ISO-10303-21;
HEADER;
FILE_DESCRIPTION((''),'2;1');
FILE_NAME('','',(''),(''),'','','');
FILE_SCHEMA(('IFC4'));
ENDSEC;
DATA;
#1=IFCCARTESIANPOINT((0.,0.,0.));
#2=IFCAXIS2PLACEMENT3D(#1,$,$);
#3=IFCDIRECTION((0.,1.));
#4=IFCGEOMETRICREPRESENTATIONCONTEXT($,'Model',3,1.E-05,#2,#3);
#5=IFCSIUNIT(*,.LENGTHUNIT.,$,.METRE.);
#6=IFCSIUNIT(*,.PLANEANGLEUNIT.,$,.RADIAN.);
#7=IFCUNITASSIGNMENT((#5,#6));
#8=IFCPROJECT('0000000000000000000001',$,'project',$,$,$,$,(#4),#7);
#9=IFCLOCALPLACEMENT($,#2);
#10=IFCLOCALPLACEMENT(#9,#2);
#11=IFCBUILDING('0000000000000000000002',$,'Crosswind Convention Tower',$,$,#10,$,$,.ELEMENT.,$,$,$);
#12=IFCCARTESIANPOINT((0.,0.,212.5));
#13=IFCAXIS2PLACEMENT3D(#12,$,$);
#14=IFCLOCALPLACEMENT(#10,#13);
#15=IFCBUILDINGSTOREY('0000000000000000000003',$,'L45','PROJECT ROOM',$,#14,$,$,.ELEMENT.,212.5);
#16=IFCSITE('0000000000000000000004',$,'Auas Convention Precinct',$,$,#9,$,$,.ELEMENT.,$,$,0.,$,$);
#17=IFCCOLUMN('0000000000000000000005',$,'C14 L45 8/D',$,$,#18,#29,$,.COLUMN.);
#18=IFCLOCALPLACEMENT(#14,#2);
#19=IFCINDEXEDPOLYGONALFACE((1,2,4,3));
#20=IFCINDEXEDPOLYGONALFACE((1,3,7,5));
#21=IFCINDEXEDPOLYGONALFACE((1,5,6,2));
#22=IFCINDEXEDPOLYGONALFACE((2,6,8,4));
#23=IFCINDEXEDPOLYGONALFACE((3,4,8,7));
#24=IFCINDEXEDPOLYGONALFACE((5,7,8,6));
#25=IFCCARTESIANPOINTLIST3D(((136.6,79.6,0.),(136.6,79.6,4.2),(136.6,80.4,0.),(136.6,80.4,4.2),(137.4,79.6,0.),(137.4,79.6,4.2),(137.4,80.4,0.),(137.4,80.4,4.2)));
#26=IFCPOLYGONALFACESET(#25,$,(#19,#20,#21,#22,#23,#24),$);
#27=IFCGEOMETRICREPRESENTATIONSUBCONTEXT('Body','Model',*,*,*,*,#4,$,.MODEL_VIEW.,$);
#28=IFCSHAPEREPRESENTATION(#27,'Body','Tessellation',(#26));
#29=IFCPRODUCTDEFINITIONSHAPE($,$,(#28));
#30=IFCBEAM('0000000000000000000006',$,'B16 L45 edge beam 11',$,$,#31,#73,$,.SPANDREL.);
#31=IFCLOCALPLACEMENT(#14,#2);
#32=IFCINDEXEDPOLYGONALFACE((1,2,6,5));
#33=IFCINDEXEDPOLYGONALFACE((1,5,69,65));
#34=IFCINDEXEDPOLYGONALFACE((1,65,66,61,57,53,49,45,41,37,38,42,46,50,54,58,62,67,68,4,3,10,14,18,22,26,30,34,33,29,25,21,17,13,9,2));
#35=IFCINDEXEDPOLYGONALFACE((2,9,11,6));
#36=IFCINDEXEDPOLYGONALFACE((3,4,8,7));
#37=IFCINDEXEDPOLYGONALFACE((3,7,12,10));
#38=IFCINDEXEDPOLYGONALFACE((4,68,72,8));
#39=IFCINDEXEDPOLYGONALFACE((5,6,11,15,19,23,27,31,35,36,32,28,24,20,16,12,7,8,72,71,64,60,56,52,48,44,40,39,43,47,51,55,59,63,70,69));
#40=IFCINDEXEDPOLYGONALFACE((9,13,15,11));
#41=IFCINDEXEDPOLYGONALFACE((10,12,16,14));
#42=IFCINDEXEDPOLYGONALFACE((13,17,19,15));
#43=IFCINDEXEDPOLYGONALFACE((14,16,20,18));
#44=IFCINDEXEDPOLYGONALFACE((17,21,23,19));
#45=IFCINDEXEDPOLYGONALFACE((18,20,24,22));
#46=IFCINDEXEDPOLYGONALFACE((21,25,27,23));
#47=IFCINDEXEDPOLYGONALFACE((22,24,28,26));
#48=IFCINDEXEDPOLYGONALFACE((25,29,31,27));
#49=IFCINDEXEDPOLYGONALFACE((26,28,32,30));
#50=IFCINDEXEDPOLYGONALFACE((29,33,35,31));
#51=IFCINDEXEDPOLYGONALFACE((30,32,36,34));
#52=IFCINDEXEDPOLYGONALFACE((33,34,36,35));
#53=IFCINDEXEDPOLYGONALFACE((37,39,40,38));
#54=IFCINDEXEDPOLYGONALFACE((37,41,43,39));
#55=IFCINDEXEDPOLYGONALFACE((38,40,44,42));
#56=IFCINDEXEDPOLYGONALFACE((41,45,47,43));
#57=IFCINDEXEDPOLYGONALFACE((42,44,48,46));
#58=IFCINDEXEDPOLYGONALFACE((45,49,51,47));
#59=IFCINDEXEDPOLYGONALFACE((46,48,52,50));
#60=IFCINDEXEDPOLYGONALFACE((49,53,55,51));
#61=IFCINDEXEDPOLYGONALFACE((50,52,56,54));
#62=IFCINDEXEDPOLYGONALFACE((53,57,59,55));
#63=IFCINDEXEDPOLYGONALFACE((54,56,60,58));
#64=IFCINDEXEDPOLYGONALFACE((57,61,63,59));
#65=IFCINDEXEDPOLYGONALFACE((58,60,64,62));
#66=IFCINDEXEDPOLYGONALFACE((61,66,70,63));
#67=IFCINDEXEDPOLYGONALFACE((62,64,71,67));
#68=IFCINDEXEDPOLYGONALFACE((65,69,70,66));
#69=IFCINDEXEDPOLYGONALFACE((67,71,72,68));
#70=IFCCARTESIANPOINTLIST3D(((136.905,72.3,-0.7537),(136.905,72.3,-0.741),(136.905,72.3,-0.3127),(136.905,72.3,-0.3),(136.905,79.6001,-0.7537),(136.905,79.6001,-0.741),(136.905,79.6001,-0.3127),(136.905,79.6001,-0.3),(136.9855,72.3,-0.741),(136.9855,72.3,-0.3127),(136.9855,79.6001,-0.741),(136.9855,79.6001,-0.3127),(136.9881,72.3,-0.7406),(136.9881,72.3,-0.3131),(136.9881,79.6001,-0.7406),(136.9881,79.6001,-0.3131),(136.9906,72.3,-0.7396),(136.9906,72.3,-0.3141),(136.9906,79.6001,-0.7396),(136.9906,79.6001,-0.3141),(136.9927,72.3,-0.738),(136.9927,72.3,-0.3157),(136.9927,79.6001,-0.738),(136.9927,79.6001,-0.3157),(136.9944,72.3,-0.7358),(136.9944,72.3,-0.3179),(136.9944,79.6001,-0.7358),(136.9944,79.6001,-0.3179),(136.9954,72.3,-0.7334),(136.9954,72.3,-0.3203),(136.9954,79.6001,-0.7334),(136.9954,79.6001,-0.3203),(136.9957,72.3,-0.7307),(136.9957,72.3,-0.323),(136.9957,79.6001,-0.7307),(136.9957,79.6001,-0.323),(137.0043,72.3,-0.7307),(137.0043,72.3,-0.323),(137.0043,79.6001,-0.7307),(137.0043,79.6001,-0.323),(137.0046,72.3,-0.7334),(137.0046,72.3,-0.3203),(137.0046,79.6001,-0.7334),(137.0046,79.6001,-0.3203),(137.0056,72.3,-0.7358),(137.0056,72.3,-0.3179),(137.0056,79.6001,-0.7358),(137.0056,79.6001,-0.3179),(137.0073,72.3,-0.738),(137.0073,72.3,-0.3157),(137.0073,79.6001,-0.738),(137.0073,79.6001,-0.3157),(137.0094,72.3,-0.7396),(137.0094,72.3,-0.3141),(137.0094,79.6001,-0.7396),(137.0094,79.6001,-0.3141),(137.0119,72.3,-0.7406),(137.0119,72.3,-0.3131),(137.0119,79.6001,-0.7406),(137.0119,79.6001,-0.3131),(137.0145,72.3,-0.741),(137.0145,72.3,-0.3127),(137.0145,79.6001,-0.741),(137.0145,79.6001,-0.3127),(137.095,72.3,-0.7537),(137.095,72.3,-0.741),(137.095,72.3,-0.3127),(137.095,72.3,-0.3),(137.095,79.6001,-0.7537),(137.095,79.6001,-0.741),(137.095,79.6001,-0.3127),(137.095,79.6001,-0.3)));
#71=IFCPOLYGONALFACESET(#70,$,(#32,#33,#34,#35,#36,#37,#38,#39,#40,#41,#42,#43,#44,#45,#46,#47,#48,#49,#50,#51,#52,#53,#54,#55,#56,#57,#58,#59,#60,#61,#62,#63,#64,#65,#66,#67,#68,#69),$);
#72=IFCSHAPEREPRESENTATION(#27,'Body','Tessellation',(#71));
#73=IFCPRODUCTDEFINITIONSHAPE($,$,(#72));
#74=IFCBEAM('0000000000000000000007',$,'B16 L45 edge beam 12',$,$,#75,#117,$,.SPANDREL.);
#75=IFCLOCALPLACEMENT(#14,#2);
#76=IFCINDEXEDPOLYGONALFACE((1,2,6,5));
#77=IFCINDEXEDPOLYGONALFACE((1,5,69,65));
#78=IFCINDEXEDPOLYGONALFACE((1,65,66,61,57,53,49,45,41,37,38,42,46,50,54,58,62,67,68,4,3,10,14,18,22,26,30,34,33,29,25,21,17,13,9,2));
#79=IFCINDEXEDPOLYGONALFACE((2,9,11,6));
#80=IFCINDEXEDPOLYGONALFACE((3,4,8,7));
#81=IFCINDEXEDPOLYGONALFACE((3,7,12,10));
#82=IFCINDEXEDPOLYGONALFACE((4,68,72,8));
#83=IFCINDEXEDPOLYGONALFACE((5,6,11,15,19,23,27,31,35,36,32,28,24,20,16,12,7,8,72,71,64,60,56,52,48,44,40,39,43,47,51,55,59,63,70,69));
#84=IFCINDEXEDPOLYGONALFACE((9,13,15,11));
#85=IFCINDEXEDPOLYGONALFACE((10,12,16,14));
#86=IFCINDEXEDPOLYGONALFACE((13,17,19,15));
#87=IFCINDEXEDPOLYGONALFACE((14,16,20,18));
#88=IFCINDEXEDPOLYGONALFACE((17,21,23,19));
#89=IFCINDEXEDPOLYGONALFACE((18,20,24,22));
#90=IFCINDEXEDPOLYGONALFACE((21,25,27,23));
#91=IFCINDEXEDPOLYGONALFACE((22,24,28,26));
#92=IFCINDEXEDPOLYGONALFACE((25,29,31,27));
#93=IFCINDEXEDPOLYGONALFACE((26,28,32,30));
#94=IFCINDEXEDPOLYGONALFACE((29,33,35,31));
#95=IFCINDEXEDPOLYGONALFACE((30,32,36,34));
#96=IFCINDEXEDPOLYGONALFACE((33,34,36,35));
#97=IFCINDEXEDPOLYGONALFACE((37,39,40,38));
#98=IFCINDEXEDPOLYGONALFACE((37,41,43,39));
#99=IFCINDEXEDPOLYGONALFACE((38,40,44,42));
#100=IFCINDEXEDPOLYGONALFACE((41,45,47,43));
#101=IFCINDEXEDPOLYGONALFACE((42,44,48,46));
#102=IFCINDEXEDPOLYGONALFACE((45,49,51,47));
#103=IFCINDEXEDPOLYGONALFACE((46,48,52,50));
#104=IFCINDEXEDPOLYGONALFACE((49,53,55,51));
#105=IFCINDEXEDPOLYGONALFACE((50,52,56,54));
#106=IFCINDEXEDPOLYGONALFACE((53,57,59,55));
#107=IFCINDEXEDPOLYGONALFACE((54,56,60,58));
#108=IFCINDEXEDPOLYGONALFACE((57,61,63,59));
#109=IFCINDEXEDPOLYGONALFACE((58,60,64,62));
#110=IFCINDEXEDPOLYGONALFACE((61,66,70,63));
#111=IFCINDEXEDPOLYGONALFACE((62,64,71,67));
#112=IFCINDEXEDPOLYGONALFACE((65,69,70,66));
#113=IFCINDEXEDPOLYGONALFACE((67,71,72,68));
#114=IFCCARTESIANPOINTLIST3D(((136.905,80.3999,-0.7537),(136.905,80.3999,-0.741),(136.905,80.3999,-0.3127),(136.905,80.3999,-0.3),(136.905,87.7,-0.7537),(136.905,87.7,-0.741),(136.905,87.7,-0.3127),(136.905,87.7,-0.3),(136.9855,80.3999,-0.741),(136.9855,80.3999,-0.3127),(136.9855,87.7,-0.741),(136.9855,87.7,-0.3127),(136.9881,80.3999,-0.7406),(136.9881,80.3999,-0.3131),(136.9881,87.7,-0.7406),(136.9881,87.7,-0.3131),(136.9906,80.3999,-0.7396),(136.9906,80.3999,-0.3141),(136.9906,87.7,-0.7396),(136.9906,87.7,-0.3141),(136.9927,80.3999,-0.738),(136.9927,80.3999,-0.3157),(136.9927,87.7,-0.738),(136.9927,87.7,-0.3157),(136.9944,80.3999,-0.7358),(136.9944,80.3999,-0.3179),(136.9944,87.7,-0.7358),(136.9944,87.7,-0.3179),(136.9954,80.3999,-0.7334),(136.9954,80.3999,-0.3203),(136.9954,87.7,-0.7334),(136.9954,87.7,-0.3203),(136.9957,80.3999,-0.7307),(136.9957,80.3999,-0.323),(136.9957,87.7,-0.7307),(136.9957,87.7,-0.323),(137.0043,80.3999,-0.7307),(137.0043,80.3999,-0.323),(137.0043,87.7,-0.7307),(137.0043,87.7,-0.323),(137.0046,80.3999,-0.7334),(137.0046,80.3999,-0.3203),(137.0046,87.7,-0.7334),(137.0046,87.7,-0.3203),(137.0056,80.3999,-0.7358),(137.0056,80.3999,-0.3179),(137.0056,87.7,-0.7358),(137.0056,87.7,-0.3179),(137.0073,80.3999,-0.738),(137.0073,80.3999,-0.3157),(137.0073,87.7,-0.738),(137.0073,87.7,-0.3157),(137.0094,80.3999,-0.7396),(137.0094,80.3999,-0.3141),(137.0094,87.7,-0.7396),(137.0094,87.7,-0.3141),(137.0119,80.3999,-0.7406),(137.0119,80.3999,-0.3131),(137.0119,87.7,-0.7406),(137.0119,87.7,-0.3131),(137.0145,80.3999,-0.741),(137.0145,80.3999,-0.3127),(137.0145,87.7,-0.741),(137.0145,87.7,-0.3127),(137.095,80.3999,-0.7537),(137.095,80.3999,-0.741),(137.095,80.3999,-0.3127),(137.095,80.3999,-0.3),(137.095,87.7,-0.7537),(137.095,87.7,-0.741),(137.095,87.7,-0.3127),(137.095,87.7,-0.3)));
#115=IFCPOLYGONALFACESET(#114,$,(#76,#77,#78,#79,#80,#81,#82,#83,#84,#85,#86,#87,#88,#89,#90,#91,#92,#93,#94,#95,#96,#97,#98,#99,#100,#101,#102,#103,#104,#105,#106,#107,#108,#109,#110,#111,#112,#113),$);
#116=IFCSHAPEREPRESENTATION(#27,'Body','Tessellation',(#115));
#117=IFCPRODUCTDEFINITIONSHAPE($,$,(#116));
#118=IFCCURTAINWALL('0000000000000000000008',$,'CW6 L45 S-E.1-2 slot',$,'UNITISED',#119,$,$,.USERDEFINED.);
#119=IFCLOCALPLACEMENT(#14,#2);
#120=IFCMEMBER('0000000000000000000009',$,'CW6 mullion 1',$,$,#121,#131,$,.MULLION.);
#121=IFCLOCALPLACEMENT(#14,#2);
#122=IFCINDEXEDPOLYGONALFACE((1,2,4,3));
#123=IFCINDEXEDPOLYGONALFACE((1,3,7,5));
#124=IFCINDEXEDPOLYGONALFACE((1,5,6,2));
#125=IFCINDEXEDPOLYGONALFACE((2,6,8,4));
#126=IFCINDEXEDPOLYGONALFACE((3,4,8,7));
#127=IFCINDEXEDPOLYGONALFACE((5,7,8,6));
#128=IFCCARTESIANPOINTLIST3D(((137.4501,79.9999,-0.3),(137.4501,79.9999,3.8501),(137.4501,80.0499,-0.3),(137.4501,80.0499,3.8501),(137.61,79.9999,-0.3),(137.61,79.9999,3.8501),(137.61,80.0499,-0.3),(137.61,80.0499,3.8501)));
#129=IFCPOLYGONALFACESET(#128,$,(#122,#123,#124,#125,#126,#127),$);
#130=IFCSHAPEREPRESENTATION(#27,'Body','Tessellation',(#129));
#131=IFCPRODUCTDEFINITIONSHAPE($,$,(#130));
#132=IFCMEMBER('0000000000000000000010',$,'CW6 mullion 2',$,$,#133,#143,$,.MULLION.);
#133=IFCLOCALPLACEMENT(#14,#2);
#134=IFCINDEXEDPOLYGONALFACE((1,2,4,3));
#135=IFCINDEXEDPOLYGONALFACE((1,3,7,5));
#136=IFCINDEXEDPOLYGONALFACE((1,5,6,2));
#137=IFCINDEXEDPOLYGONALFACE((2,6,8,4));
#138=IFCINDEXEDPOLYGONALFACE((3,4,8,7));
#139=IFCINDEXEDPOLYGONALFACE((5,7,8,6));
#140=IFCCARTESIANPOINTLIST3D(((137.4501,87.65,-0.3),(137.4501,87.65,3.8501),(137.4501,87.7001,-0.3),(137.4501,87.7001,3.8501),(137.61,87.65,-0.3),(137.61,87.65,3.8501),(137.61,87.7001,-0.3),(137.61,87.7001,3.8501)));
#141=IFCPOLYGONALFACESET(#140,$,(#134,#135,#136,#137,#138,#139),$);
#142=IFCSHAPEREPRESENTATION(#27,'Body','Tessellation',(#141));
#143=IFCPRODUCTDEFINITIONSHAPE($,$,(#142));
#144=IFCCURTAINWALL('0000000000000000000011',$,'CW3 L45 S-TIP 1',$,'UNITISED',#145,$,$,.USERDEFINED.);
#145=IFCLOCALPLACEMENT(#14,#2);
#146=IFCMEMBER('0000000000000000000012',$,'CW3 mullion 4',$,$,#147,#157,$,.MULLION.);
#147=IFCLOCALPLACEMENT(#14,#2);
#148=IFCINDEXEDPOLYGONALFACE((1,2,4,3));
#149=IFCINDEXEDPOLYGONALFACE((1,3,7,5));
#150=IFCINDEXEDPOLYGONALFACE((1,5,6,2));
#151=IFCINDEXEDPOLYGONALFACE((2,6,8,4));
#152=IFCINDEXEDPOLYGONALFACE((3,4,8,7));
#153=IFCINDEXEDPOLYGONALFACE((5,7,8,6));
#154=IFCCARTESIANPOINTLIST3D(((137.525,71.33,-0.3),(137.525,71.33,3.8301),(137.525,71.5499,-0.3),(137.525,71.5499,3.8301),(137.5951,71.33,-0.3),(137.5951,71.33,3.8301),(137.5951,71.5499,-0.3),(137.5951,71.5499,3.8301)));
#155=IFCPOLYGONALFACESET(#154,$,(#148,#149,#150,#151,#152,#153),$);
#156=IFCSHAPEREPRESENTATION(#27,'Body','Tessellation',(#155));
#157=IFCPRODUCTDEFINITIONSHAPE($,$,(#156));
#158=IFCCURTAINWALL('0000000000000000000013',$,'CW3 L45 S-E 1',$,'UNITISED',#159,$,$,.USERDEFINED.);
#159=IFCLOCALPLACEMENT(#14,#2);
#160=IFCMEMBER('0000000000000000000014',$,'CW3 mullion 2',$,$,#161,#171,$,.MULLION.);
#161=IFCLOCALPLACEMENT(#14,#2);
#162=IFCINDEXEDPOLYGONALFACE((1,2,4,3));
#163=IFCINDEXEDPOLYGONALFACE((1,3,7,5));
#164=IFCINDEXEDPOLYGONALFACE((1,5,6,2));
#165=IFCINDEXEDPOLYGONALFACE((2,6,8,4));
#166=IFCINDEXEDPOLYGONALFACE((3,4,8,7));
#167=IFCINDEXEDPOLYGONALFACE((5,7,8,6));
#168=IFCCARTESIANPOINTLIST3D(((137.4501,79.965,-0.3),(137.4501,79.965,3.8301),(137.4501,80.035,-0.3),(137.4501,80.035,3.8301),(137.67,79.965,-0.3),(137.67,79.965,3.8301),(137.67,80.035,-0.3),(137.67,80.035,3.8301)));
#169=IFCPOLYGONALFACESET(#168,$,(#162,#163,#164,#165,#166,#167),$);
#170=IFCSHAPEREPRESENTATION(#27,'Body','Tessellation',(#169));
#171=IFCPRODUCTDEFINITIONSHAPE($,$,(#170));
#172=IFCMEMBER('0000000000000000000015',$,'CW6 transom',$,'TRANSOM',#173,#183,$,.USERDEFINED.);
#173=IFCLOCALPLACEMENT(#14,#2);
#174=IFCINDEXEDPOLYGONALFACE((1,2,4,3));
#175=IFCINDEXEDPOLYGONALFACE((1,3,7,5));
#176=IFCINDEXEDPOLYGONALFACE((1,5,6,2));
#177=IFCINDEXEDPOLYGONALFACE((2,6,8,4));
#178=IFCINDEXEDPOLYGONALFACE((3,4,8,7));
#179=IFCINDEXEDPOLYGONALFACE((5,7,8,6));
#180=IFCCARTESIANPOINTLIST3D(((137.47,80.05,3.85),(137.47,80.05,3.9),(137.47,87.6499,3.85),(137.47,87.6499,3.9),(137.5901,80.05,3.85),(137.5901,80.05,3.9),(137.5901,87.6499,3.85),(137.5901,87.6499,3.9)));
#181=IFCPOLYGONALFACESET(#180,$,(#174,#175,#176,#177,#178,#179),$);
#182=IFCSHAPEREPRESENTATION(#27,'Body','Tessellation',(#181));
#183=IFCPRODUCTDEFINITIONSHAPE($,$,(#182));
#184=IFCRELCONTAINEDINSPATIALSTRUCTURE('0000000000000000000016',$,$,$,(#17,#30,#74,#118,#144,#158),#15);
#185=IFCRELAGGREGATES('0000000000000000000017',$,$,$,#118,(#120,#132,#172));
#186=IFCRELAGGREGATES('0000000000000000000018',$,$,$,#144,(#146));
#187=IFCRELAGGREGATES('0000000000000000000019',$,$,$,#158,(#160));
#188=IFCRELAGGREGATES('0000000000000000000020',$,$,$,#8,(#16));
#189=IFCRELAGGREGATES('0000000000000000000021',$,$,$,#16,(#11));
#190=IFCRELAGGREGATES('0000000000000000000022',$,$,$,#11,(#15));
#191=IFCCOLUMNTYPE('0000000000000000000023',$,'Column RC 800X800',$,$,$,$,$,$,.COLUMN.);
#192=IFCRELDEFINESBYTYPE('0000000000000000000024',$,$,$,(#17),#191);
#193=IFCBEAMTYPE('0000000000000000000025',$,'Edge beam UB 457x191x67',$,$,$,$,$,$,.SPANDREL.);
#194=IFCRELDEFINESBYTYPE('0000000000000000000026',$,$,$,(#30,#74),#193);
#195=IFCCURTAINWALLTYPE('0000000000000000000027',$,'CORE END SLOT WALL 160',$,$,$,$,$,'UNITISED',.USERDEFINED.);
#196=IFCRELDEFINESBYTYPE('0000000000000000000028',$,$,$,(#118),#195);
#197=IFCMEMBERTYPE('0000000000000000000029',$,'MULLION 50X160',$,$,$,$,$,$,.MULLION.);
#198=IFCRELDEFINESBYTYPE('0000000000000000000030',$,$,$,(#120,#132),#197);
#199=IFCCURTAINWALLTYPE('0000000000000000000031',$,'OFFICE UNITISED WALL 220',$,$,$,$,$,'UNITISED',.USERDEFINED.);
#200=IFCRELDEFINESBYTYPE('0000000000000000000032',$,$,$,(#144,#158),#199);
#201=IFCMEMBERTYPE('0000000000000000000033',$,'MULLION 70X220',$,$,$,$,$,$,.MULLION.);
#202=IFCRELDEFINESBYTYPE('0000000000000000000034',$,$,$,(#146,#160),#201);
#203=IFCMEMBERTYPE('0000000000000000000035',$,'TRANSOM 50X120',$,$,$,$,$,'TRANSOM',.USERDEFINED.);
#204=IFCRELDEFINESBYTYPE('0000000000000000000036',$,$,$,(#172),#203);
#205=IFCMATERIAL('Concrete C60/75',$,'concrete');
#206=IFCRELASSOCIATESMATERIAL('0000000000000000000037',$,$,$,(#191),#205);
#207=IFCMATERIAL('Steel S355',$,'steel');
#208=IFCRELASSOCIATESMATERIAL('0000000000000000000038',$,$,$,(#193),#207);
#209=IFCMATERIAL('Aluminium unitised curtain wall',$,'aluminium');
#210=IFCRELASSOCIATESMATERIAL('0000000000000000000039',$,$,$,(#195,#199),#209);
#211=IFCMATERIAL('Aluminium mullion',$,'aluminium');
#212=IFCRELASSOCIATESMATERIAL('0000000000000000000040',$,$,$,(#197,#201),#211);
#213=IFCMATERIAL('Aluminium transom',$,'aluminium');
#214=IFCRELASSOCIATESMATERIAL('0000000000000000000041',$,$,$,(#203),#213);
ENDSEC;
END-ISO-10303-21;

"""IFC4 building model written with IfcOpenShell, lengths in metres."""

from ifc_helpers import new_model, si_unit, direction, frame, origin, origin_2d, place, context, subcontext, project, spatial, rectangle, i_section, extrude, material, material_profile, profile_set, type_object, element, aggregate, save


model = new_model("IFC4")

# Units and contexts
model_context = context("Model", 3, precision=1e-05, world=origin(), true_north=direction((0.0, 1.0)))
body_context = subcontext(model_context, "Body", "Model", "MODEL_VIEW")
ifc_project = project(units=[si_unit("LENGTHUNIT", "METRE"), si_unit("PLANEANGLEUNIT", "RADIAN")], contexts=[model_context])

# Site, building, storey
site_placement = place(None, origin())
site = spatial("IfcSite", under=ifc_project, at=site_placement, Name="Auas Convention Precinct", CompositionType="ELEMENT", RefElevation=0.0)
building_placement = place(site_placement, origin())
building = spatial("IfcBuilding", under=site, at=building_placement, Name="Crosswind Convention Tower", CompositionType="ELEMENT")
storey_placement = place(building_placement, frame((0.0, 0.0, 212.5)))
storey = spatial("IfcBuildingStorey", under=building, at=storey_placement, Name="L45", Description="PROJECT ROOM", CompositionType="ELEMENT", Elevation=212.5)

# Column
ifc_material_1 = material(Name="Concrete C60/75", Category="concrete")
ifc_material_profile_1 = material_profile(ifc_material_1, rectangle(XDim=0.8, YDim=0.8, at=origin_2d()), Name="RC 800X800")
ifc_profile_set_1 = profile_set([ifc_material_profile_1], Name="Concrete C60/75")
column_type = type_object("IfcColumnType", Name="Column RC 800X800", PredefinedType="COLUMN", material=ifc_profile_set_1)
column_placement = place(storey_placement, frame((137.0, 80.0, 0.0), z_axis=(0.0, 0.0, 1.0), x_axis=(1.0, 0.0, 0.0)))
element("IfcColumn", 1, at=column_placement, inside=storey, type_object=column_type, Name="C14 L45 8/D", PredefinedType="COLUMN", context=body_context, shape_type="SweptSolid", body=[
    extrude(rectangle(XDim=0.8, YDim=0.8, at=origin_2d()), origin(), (0.0, 0.0, 1.0), 4.2),
])

# Beams
ifc_material_2 = material(Name="Steel S355", Category="steel")
ifc_material_profile_2 = material_profile(ifc_material_2, i_section(OverallWidth=0.1899, OverallDepth=0.4536, WebThickness=0.0085, FlangeThickness=0.0127, FilletRadius=0.0103, at=origin_2d()), Name="UB 457x191x67")
ifc_profile_set_2 = profile_set([ifc_material_profile_2], Name="Steel S355")
beam_type = type_object("IfcBeamType", Name="Edge beam UB 457x191x67", PredefinedType="SPANDREL", material=ifc_profile_set_2)
for number, where, z_axis, x_axis, name in (
    (2, (137.0, 72.3, -0.5269), (0.0, 1.0, 0.0), (-1.0, 0.0, 0.0), "B16 L45 edge beam 11"),
    (3, (137.0, 80.3999, -0.5269), (0.0, 1.0, 0.0), (-1.0, 0.0, 0.0), "B16 L45 edge beam 12"),
):
    element("IfcBeam", number, at=place(storey_placement, frame(where, z_axis=z_axis, x_axis=x_axis)), inside=storey, type_object=beam_type, Name=name, PredefinedType="SPANDREL", context=body_context, shape_type="SweptSolid", body=[
        extrude(i_section(OverallWidth=0.1899, OverallDepth=0.4536, WebThickness=0.0085, FlangeThickness=0.0127, FilletRadius=0.0103, at=origin_2d()), origin(), (0.0, 0.0, 1.0), 7.3),
    ])

# Curtain wall, members
ifc_material_3 = material(Name="Aluminium unitised curtain wall", Category="aluminium")
curtain_wall_type_1 = type_object("IfcCurtainWallType", Name="CORE END SLOT WALL 160", ElementType="UNITISED", PredefinedType="USERDEFINED", material=ifc_material_3)
curtain_wall_1_placement = place(storey_placement, origin())
curtain_wall_1 = element("IfcCurtainWall", 4, at=curtain_wall_1_placement, inside=storey, type_object=curtain_wall_type_1, Name="CW6 L45 S-E.1-2 slot", ObjectType="UNITISED", PredefinedType="USERDEFINED")
ifc_material_4 = material(Name="Aluminium mullion", Category="aluminium")
ifc_material_profile_3 = material_profile(ifc_material_4, rectangle(XDim=0.1599, YDim=0.05, at=origin_2d()), Name="AL 160X50")
ifc_profile_set_3 = profile_set([ifc_material_profile_3], Name="Aluminium mullion")
member_type_1 = type_object("IfcMemberType", Name="MULLION 50X160", PredefinedType="MULLION", material=ifc_profile_set_3)
member_1_placement = place(storey_placement, frame((137.53, 80.0249, -0.3), z_axis=(0.0, 0.0, 1.0), x_axis=(1.0, 0.0, 0.0)))
member_1 = element("IfcMember", 5, at=member_1_placement, type_object=member_type_1, Name="CW6 mullion 1", PredefinedType="MULLION", context=body_context, shape_type="SweptSolid", body=[
    extrude(rectangle(XDim=0.1599, YDim=0.05, at=origin_2d()), origin(), (0.0, 0.0, 1.0), 4.1501),
])
member_2_placement = place(storey_placement, frame((137.53, 87.675, -0.3), z_axis=(0.0, 0.0, 1.0), x_axis=(1.0, 0.0, 0.0)))
member_2 = element("IfcMember", 6, at=member_2_placement, type_object=member_type_1, Name="CW6 mullion 2", PredefinedType="MULLION", context=body_context, shape_type="SweptSolid", body=[
    extrude(rectangle(XDim=0.1599, YDim=0.05, at=origin_2d()), origin(), (0.0, 0.0, 1.0), 4.1501),
])

# Curtain walls, members
curtain_wall_type_2 = type_object("IfcCurtainWallType", Name="OFFICE UNITISED WALL 220", ElementType="UNITISED", PredefinedType="USERDEFINED", material=ifc_material_3)
curtain_wall_2_placement = place(storey_placement, origin())
curtain_wall_2 = element("IfcCurtainWall", 7, at=curtain_wall_2_placement, inside=storey, type_object=curtain_wall_type_2, Name="CW3 L45 S-TIP 1", ObjectType="UNITISED", PredefinedType="USERDEFINED")
ifc_material_profile_4 = material_profile(ifc_material_4, rectangle(XDim=0.22, YDim=0.0701, at=origin_2d()), Name="AL 220X70")
ifc_profile_set_4 = profile_set([ifc_material_profile_4], Name="Aluminium mullion")
member_type_2 = type_object("IfcMemberType", Name="MULLION 70X220", PredefinedType="MULLION", material=ifc_profile_set_4)
member_3_placement = place(storey_placement, frame((137.5601, 71.4399, -0.3), z_axis=(0.0, 0.0, 1.0), x_axis=(0.0, -1.0, 0.0)))
member_3 = element("IfcMember", 8, at=member_3_placement, type_object=member_type_2, Name="CW3 mullion 4", PredefinedType="MULLION", context=body_context, shape_type="SweptSolid", body=[
    extrude(rectangle(XDim=0.22, YDim=0.0701, at=origin_2d()), origin(), (0.0, 0.0, 1.0), 4.1301),
])
curtain_wall_3_placement = place(storey_placement, origin())
curtain_wall_3 = element("IfcCurtainWall", 9, at=curtain_wall_3_placement, inside=storey, type_object=curtain_wall_type_2, Name="CW3 L45 S-E 1", ObjectType="UNITISED", PredefinedType="USERDEFINED")
member_4_placement = place(storey_placement, frame((137.5601, 80.0, -0.3), z_axis=(0.0, 0.0, 1.0), x_axis=(1.0, 0.0, 0.0)))
member_4 = element("IfcMember", 10, at=member_4_placement, type_object=member_type_2, Name="CW3 mullion 2", PredefinedType="MULLION", context=body_context, shape_type="SweptSolid", body=[
    extrude(rectangle(XDim=0.22, YDim=0.0701, at=origin_2d()), origin(), (0.0, 0.0, 1.0), 4.1301),
])

# Member
ifc_material_5 = material(Name="Aluminium transom", Category="aluminium")
ifc_material_profile_5 = material_profile(ifc_material_5, rectangle(XDim=0.1201, YDim=0.05, at=origin_2d()), Name="AL 120X50")
ifc_profile_set_5 = profile_set([ifc_material_profile_5], Name="Aluminium transom")
member_type_3 = type_object("IfcMemberType", Name="TRANSOM 50X120", ElementType="TRANSOM", PredefinedType="USERDEFINED", material=ifc_profile_set_5)
member_5_placement = place(storey_placement, frame((137.53, 80.05, 3.875), z_axis=(0.0, 1.0, 0.0), x_axis=(-1.0, 0.0, 0.0)))
member_5 = element("IfcMember", 11, at=member_5_placement, type_object=member_type_3, Name="CW6 transom", ObjectType="TRANSOM", PredefinedType="USERDEFINED", context=body_context, shape_type="SweptSolid", body=[
    extrude(rectangle(XDim=0.1201, YDim=0.05, at=origin_2d()), origin(), (0.0, 0.0, 1.0), 7.5999),
])

aggregate(curtain_wall_1, [member_1, member_2, member_5])
aggregate(curtain_wall_2, [member_3])

aggregate(curtain_wall_3, [member_4])

save(model, "model.ifc")
